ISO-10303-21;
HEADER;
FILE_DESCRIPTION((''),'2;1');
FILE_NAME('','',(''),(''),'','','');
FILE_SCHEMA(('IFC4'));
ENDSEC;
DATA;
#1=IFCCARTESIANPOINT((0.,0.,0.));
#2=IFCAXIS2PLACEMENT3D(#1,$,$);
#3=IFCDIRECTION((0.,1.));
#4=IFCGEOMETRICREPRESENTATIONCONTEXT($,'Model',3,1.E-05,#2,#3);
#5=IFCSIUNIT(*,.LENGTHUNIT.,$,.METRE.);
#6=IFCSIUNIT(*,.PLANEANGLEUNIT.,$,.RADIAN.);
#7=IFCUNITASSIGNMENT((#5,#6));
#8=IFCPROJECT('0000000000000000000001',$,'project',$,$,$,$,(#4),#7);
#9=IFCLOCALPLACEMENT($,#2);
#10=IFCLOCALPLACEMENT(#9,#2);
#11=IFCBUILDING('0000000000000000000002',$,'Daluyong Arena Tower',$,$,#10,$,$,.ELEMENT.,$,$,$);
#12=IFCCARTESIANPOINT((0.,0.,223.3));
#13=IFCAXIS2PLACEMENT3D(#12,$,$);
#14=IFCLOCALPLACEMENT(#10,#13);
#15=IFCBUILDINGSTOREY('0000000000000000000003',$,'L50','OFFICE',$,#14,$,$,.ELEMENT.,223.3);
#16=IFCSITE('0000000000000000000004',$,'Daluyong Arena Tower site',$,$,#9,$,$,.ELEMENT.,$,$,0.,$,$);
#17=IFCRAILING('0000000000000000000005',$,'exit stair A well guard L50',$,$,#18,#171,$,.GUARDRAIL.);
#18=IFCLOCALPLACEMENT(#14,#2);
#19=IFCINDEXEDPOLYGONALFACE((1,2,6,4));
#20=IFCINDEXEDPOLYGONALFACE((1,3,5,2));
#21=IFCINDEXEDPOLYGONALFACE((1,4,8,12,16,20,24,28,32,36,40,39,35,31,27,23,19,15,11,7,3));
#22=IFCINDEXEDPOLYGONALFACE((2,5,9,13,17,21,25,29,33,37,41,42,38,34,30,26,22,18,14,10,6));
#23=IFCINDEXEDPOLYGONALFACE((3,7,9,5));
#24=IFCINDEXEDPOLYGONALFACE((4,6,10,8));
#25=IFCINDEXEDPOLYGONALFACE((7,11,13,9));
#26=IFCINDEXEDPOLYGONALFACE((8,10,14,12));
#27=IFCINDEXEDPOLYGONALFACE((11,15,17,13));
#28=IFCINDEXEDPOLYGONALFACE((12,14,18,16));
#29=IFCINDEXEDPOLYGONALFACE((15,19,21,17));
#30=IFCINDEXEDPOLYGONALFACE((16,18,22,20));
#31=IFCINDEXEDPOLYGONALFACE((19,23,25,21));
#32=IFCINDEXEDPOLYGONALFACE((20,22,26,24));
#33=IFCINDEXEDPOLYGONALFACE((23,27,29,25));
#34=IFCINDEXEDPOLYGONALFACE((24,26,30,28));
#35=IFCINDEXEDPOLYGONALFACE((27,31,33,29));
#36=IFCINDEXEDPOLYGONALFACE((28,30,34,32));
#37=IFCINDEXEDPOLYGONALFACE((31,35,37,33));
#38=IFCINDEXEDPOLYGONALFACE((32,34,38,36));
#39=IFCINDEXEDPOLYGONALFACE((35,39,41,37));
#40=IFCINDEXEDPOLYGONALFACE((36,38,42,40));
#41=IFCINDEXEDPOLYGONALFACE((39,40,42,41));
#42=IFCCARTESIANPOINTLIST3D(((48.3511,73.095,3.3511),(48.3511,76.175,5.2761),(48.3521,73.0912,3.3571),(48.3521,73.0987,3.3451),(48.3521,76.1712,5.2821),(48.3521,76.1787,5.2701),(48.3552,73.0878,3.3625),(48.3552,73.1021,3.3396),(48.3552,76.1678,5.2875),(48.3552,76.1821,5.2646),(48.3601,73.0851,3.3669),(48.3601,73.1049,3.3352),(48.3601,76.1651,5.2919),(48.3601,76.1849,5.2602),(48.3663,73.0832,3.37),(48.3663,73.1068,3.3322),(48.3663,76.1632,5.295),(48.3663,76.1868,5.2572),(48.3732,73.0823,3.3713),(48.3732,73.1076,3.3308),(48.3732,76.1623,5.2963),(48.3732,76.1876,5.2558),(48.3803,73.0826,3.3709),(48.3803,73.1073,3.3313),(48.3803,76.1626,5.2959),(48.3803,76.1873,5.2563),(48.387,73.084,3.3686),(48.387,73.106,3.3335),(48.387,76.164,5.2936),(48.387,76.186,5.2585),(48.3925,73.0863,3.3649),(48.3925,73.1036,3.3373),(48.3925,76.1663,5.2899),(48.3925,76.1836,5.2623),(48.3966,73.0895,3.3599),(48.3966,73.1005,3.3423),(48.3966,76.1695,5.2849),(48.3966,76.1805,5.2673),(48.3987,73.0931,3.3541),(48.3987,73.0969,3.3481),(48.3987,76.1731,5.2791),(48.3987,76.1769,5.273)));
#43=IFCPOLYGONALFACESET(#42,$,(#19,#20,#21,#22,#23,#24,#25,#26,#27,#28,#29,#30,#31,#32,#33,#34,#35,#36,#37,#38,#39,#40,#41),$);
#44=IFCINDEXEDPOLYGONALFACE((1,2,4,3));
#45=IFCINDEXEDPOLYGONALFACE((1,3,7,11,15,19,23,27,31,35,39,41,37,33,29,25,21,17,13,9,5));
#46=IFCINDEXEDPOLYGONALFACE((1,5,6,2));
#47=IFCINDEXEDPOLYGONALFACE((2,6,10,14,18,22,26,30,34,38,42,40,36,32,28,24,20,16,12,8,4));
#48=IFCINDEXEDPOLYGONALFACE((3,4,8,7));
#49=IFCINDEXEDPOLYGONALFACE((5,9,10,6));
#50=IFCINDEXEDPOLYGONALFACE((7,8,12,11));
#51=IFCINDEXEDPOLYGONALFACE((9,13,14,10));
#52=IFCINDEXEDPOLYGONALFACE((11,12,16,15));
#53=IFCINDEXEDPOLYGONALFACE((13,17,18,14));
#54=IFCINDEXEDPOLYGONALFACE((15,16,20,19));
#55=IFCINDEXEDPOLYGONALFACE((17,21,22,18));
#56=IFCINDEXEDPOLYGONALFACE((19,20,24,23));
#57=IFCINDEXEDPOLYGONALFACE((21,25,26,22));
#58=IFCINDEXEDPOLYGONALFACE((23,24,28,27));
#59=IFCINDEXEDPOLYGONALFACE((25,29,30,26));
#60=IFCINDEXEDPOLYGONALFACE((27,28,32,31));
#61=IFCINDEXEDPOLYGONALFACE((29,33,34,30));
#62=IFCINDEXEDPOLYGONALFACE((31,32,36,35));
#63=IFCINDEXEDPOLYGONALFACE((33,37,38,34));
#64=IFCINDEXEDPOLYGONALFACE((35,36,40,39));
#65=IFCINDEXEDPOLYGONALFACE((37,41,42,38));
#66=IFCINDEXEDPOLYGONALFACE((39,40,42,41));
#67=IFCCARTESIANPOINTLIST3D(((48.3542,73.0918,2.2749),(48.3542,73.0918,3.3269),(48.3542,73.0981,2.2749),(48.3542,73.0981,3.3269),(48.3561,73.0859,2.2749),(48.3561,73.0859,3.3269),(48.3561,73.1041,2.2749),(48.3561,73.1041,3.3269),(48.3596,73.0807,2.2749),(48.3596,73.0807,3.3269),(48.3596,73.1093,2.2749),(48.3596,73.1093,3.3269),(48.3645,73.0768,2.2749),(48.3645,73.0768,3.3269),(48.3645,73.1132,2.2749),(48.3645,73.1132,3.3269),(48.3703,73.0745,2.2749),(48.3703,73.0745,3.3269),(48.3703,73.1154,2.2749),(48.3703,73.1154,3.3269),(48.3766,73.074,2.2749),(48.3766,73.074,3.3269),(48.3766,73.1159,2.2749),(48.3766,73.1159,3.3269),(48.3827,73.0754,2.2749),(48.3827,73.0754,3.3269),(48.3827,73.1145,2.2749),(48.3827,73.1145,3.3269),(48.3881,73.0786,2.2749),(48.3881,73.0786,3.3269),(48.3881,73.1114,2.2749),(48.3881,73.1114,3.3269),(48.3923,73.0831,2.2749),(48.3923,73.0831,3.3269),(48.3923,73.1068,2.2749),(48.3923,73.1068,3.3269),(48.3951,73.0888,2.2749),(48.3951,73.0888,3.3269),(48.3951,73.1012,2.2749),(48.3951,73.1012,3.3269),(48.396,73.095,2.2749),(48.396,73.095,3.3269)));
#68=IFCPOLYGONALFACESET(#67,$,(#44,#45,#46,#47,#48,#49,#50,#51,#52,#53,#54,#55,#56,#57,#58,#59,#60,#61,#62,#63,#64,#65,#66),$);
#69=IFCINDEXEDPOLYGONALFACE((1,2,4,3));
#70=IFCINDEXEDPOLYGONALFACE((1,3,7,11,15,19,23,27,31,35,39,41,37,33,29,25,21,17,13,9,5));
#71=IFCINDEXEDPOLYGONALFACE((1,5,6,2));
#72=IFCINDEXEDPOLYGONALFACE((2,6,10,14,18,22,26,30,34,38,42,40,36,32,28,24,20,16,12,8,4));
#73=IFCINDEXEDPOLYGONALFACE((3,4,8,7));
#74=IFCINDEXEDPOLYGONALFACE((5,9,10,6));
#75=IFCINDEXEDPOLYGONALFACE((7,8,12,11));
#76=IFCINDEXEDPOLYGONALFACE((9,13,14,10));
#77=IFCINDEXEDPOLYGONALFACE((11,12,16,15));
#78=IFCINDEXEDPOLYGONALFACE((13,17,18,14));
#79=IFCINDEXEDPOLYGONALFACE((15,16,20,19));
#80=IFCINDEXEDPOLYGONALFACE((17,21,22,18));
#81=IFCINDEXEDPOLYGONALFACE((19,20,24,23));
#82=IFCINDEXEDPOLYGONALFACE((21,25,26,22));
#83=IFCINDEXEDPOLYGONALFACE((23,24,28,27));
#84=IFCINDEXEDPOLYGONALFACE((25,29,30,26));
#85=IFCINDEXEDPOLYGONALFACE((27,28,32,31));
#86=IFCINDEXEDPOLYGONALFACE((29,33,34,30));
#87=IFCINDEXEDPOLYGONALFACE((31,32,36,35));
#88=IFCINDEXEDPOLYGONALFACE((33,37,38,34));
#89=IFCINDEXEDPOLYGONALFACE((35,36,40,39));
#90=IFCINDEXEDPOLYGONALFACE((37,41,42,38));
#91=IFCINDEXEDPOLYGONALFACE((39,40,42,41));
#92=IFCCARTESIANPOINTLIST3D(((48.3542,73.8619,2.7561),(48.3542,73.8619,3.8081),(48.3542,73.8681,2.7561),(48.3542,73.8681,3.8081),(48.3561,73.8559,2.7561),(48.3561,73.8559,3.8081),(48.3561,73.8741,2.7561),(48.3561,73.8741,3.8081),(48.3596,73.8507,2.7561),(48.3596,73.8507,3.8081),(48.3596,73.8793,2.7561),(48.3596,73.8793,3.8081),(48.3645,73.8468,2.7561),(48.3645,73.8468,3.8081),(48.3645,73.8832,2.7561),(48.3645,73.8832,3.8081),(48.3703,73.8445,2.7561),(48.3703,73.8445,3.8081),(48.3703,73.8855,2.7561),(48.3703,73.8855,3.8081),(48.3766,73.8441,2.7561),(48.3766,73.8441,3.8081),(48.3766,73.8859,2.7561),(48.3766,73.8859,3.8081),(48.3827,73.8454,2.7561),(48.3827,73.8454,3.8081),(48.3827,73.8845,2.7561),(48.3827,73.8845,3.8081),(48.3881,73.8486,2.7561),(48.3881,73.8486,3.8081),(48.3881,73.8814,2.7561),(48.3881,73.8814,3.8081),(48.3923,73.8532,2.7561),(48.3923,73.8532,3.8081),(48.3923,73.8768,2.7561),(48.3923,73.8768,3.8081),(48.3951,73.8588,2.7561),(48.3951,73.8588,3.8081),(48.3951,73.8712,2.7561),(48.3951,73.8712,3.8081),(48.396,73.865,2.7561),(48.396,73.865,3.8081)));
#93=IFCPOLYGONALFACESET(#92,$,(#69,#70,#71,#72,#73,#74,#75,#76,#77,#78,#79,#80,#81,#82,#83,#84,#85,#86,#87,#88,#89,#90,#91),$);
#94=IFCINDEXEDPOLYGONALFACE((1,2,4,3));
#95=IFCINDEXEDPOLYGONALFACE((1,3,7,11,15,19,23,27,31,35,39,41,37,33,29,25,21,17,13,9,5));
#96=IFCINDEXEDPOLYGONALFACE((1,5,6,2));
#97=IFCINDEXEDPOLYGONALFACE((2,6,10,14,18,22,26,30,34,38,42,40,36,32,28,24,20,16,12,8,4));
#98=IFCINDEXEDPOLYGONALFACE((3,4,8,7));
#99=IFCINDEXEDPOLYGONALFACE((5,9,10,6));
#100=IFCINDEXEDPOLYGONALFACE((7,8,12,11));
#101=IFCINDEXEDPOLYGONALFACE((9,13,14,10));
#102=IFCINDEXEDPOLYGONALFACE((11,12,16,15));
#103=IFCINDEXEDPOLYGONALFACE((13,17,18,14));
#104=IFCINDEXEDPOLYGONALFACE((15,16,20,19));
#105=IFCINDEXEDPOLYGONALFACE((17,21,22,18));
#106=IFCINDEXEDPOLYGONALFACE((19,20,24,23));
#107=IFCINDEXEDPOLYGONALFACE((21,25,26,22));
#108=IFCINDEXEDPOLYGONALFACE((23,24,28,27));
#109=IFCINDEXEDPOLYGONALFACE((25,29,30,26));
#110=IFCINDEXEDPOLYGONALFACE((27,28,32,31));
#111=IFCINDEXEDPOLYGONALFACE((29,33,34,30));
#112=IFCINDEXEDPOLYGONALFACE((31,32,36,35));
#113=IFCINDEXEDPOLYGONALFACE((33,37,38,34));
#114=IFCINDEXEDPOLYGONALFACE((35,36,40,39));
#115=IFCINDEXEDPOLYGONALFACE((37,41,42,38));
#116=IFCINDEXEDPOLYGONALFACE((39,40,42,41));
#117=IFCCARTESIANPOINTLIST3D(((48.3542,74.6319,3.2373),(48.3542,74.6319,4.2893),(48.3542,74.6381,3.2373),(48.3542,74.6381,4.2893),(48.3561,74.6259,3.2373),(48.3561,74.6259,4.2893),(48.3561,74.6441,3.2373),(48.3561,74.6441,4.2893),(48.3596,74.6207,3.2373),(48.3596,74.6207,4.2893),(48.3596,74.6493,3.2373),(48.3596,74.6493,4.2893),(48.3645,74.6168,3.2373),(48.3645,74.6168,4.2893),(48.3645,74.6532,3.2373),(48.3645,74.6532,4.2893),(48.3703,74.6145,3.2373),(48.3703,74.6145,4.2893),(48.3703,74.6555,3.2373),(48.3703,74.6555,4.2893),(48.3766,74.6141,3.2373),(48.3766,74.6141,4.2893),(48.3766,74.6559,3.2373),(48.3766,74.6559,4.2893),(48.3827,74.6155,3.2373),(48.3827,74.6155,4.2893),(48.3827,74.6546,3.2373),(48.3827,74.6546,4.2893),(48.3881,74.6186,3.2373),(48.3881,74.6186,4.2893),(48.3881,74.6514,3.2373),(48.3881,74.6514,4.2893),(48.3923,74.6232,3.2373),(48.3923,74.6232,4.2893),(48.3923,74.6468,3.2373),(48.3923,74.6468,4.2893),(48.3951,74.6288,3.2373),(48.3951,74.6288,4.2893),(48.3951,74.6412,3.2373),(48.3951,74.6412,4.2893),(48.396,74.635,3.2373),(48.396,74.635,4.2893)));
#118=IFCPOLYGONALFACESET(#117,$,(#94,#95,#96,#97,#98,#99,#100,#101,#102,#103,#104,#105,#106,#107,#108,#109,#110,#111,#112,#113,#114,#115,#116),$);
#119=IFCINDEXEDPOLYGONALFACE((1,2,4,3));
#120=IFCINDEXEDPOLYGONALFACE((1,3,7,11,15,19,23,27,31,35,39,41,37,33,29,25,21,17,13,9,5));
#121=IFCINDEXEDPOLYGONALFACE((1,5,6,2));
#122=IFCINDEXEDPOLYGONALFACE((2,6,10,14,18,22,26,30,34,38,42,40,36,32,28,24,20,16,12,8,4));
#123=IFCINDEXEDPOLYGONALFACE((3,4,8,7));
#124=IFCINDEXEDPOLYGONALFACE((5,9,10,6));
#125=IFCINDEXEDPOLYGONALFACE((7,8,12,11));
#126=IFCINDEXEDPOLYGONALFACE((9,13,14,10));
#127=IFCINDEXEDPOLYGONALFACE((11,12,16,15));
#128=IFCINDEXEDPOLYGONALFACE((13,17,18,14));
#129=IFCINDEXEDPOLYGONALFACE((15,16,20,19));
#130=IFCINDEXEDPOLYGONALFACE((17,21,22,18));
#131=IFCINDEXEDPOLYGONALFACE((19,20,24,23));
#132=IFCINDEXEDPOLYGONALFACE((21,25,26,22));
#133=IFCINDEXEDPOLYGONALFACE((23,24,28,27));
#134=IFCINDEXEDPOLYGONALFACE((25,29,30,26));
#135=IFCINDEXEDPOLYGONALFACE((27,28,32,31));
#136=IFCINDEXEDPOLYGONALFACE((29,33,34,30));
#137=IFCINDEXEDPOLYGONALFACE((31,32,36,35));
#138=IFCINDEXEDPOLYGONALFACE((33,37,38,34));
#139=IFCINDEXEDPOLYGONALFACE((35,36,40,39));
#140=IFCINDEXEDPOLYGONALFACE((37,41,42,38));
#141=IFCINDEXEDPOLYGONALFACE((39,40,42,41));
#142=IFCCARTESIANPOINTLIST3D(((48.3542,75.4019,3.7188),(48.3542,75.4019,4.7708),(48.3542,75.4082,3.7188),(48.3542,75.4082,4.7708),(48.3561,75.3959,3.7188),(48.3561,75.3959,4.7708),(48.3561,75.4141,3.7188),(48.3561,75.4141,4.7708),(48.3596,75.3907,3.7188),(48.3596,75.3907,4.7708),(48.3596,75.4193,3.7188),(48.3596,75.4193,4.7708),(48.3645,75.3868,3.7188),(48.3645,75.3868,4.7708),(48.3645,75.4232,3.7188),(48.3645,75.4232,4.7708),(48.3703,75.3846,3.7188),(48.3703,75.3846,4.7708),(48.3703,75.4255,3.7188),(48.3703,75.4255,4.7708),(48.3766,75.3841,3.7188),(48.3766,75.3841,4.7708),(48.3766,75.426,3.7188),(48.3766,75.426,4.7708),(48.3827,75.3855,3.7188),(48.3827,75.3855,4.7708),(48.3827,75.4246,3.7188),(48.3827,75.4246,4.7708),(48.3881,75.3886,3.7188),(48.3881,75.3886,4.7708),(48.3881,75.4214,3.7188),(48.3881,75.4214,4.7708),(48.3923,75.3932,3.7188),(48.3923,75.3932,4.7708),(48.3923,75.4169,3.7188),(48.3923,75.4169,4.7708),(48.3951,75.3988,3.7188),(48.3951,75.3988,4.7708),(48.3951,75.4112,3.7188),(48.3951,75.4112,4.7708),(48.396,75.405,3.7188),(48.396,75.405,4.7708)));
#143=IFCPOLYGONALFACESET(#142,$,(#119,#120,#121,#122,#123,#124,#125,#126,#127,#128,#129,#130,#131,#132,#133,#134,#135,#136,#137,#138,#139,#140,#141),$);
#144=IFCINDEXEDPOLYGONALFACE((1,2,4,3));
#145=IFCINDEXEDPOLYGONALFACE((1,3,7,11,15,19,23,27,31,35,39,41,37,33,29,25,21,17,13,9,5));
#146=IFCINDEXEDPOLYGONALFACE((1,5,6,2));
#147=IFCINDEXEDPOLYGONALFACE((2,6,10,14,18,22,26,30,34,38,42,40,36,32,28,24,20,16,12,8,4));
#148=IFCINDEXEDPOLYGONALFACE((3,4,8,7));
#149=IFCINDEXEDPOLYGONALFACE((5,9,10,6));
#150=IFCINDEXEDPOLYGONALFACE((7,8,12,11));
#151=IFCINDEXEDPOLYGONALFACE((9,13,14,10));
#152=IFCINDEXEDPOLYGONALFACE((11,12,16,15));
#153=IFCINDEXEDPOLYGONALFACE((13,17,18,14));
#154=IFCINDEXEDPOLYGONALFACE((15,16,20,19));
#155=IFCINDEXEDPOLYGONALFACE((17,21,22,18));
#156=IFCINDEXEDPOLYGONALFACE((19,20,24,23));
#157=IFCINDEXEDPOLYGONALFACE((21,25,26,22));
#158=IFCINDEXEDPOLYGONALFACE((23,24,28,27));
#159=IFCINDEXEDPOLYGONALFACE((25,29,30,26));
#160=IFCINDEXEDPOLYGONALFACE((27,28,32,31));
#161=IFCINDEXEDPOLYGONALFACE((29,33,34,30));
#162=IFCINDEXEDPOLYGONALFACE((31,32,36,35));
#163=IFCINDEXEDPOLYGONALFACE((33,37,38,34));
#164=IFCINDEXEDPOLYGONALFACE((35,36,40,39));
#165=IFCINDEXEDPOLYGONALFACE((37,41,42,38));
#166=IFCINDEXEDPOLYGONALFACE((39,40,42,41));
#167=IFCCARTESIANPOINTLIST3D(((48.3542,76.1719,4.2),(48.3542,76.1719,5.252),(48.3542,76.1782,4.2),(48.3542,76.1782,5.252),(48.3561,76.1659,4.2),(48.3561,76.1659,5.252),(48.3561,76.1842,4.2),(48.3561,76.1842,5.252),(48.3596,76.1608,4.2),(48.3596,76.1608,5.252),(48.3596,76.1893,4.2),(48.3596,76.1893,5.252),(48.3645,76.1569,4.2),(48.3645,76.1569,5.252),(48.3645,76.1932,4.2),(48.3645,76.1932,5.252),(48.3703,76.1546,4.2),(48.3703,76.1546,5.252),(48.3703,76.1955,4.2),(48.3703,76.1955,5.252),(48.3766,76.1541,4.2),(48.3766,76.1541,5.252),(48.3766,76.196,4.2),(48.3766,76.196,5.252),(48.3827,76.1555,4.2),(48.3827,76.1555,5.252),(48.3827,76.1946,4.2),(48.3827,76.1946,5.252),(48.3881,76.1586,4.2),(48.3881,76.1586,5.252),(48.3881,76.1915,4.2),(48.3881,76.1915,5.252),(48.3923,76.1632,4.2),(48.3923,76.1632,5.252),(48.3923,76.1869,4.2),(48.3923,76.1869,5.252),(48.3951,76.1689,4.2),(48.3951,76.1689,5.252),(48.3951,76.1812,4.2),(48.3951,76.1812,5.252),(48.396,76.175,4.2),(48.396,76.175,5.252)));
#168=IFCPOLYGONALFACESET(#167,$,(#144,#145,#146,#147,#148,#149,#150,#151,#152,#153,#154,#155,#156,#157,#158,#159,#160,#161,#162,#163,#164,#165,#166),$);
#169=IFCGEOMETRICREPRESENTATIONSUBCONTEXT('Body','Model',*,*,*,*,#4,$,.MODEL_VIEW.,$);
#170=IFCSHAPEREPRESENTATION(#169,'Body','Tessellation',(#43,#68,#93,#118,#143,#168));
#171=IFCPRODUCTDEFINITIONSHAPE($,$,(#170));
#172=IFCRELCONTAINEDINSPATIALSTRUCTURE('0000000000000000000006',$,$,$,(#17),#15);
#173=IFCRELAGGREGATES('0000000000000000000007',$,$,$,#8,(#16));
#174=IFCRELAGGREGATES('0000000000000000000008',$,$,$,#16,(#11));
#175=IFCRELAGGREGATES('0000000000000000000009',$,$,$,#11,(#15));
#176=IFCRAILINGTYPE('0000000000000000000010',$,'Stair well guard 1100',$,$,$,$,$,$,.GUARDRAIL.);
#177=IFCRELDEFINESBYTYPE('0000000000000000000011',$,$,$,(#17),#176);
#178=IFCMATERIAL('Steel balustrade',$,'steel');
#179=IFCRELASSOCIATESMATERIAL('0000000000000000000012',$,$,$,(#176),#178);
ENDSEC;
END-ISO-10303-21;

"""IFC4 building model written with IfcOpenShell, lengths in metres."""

from ifc_helpers import new_model, si_unit, direction, frame, origin, origin_2d, place, context, subcontext, project, spatial, circle, extrude, material, type_object, element, save


model = new_model("IFC4")

# Units and contexts
model_context = context("Model", 3, precision=1e-05, world=origin(), true_north=direction((0.0, 1.0)))
body_context = subcontext(model_context, "Body", "Model", "MODEL_VIEW")
ifc_project = project(units=[si_unit("LENGTHUNIT", "METRE"), si_unit("PLANEANGLEUNIT", "RADIAN")], contexts=[model_context])

# Site, building, storey
site_placement = place(None, origin())
site = spatial("IfcSite", under=ifc_project, at=site_placement, Name="Daluyong Arena Tower site", CompositionType="ELEMENT", RefElevation=0.0)
building_placement = place(site_placement, origin())
building = spatial("IfcBuilding", under=site, at=building_placement, Name="Daluyong Arena Tower", CompositionType="ELEMENT")
storey_placement = place(building_placement, frame((0.0, 0.0, 223.3)))
storey = spatial("IfcBuildingStorey", under=building, at=storey_placement, Name="L50", Description="OFFICE", CompositionType="ELEMENT", Elevation=223.3)

# Railing
ifc_material_1 = material(Name="Steel balustrade", Category="steel")
railing_type_1 = type_object("IfcRailingType", Name="Stair well guard 1100", PredefinedType="GUARDRAIL", material=ifc_material_1)
railing_1_placement = place(storey_placement, frame((48.375, 73.095, 2.2749)))
element("IfcRailing", 1, at=railing_1_placement, inside=storey, type_object=railing_type_1, Name="exit stair A well guard L50", PredefinedType="GUARDRAIL", context=body_context, shape_type="SweptSolid", body=[
    extrude(circle(Radius=0.0239, at=origin_2d()), frame((0.0, 0.0, 1.0762), z_axis=(0.0, 0.847998, 0.529999), x_axis=(-1.0, 0.0, 0.0)), (0.0, 0.0, 1.0), 3.6321),
    extrude(circle(Radius=0.021, at=origin_2d()), origin(), (0.0, 0.0, 1.0), 1.052),
    extrude(circle(Radius=0.021, at=origin_2d()), frame((0.0, 0.77, 0.4812)), (0.0, 0.0, 1.0), 1.052),
    extrude(circle(Radius=0.021, at=origin_2d()), frame((0.0, 1.54, 0.9624)), (0.0, 0.0, 1.0), 1.052),
    extrude(circle(Radius=0.021, at=origin_2d()), frame((0.0, 2.3101, 1.4438)), (0.0, 0.0, 1.0), 1.052),
    extrude(circle(Radius=0.021, at=origin_2d()), frame((0.0, 3.0801, 1.925)), (0.0, 0.0, 1.0), 1.052),
])

save(model, "model.ifc")
